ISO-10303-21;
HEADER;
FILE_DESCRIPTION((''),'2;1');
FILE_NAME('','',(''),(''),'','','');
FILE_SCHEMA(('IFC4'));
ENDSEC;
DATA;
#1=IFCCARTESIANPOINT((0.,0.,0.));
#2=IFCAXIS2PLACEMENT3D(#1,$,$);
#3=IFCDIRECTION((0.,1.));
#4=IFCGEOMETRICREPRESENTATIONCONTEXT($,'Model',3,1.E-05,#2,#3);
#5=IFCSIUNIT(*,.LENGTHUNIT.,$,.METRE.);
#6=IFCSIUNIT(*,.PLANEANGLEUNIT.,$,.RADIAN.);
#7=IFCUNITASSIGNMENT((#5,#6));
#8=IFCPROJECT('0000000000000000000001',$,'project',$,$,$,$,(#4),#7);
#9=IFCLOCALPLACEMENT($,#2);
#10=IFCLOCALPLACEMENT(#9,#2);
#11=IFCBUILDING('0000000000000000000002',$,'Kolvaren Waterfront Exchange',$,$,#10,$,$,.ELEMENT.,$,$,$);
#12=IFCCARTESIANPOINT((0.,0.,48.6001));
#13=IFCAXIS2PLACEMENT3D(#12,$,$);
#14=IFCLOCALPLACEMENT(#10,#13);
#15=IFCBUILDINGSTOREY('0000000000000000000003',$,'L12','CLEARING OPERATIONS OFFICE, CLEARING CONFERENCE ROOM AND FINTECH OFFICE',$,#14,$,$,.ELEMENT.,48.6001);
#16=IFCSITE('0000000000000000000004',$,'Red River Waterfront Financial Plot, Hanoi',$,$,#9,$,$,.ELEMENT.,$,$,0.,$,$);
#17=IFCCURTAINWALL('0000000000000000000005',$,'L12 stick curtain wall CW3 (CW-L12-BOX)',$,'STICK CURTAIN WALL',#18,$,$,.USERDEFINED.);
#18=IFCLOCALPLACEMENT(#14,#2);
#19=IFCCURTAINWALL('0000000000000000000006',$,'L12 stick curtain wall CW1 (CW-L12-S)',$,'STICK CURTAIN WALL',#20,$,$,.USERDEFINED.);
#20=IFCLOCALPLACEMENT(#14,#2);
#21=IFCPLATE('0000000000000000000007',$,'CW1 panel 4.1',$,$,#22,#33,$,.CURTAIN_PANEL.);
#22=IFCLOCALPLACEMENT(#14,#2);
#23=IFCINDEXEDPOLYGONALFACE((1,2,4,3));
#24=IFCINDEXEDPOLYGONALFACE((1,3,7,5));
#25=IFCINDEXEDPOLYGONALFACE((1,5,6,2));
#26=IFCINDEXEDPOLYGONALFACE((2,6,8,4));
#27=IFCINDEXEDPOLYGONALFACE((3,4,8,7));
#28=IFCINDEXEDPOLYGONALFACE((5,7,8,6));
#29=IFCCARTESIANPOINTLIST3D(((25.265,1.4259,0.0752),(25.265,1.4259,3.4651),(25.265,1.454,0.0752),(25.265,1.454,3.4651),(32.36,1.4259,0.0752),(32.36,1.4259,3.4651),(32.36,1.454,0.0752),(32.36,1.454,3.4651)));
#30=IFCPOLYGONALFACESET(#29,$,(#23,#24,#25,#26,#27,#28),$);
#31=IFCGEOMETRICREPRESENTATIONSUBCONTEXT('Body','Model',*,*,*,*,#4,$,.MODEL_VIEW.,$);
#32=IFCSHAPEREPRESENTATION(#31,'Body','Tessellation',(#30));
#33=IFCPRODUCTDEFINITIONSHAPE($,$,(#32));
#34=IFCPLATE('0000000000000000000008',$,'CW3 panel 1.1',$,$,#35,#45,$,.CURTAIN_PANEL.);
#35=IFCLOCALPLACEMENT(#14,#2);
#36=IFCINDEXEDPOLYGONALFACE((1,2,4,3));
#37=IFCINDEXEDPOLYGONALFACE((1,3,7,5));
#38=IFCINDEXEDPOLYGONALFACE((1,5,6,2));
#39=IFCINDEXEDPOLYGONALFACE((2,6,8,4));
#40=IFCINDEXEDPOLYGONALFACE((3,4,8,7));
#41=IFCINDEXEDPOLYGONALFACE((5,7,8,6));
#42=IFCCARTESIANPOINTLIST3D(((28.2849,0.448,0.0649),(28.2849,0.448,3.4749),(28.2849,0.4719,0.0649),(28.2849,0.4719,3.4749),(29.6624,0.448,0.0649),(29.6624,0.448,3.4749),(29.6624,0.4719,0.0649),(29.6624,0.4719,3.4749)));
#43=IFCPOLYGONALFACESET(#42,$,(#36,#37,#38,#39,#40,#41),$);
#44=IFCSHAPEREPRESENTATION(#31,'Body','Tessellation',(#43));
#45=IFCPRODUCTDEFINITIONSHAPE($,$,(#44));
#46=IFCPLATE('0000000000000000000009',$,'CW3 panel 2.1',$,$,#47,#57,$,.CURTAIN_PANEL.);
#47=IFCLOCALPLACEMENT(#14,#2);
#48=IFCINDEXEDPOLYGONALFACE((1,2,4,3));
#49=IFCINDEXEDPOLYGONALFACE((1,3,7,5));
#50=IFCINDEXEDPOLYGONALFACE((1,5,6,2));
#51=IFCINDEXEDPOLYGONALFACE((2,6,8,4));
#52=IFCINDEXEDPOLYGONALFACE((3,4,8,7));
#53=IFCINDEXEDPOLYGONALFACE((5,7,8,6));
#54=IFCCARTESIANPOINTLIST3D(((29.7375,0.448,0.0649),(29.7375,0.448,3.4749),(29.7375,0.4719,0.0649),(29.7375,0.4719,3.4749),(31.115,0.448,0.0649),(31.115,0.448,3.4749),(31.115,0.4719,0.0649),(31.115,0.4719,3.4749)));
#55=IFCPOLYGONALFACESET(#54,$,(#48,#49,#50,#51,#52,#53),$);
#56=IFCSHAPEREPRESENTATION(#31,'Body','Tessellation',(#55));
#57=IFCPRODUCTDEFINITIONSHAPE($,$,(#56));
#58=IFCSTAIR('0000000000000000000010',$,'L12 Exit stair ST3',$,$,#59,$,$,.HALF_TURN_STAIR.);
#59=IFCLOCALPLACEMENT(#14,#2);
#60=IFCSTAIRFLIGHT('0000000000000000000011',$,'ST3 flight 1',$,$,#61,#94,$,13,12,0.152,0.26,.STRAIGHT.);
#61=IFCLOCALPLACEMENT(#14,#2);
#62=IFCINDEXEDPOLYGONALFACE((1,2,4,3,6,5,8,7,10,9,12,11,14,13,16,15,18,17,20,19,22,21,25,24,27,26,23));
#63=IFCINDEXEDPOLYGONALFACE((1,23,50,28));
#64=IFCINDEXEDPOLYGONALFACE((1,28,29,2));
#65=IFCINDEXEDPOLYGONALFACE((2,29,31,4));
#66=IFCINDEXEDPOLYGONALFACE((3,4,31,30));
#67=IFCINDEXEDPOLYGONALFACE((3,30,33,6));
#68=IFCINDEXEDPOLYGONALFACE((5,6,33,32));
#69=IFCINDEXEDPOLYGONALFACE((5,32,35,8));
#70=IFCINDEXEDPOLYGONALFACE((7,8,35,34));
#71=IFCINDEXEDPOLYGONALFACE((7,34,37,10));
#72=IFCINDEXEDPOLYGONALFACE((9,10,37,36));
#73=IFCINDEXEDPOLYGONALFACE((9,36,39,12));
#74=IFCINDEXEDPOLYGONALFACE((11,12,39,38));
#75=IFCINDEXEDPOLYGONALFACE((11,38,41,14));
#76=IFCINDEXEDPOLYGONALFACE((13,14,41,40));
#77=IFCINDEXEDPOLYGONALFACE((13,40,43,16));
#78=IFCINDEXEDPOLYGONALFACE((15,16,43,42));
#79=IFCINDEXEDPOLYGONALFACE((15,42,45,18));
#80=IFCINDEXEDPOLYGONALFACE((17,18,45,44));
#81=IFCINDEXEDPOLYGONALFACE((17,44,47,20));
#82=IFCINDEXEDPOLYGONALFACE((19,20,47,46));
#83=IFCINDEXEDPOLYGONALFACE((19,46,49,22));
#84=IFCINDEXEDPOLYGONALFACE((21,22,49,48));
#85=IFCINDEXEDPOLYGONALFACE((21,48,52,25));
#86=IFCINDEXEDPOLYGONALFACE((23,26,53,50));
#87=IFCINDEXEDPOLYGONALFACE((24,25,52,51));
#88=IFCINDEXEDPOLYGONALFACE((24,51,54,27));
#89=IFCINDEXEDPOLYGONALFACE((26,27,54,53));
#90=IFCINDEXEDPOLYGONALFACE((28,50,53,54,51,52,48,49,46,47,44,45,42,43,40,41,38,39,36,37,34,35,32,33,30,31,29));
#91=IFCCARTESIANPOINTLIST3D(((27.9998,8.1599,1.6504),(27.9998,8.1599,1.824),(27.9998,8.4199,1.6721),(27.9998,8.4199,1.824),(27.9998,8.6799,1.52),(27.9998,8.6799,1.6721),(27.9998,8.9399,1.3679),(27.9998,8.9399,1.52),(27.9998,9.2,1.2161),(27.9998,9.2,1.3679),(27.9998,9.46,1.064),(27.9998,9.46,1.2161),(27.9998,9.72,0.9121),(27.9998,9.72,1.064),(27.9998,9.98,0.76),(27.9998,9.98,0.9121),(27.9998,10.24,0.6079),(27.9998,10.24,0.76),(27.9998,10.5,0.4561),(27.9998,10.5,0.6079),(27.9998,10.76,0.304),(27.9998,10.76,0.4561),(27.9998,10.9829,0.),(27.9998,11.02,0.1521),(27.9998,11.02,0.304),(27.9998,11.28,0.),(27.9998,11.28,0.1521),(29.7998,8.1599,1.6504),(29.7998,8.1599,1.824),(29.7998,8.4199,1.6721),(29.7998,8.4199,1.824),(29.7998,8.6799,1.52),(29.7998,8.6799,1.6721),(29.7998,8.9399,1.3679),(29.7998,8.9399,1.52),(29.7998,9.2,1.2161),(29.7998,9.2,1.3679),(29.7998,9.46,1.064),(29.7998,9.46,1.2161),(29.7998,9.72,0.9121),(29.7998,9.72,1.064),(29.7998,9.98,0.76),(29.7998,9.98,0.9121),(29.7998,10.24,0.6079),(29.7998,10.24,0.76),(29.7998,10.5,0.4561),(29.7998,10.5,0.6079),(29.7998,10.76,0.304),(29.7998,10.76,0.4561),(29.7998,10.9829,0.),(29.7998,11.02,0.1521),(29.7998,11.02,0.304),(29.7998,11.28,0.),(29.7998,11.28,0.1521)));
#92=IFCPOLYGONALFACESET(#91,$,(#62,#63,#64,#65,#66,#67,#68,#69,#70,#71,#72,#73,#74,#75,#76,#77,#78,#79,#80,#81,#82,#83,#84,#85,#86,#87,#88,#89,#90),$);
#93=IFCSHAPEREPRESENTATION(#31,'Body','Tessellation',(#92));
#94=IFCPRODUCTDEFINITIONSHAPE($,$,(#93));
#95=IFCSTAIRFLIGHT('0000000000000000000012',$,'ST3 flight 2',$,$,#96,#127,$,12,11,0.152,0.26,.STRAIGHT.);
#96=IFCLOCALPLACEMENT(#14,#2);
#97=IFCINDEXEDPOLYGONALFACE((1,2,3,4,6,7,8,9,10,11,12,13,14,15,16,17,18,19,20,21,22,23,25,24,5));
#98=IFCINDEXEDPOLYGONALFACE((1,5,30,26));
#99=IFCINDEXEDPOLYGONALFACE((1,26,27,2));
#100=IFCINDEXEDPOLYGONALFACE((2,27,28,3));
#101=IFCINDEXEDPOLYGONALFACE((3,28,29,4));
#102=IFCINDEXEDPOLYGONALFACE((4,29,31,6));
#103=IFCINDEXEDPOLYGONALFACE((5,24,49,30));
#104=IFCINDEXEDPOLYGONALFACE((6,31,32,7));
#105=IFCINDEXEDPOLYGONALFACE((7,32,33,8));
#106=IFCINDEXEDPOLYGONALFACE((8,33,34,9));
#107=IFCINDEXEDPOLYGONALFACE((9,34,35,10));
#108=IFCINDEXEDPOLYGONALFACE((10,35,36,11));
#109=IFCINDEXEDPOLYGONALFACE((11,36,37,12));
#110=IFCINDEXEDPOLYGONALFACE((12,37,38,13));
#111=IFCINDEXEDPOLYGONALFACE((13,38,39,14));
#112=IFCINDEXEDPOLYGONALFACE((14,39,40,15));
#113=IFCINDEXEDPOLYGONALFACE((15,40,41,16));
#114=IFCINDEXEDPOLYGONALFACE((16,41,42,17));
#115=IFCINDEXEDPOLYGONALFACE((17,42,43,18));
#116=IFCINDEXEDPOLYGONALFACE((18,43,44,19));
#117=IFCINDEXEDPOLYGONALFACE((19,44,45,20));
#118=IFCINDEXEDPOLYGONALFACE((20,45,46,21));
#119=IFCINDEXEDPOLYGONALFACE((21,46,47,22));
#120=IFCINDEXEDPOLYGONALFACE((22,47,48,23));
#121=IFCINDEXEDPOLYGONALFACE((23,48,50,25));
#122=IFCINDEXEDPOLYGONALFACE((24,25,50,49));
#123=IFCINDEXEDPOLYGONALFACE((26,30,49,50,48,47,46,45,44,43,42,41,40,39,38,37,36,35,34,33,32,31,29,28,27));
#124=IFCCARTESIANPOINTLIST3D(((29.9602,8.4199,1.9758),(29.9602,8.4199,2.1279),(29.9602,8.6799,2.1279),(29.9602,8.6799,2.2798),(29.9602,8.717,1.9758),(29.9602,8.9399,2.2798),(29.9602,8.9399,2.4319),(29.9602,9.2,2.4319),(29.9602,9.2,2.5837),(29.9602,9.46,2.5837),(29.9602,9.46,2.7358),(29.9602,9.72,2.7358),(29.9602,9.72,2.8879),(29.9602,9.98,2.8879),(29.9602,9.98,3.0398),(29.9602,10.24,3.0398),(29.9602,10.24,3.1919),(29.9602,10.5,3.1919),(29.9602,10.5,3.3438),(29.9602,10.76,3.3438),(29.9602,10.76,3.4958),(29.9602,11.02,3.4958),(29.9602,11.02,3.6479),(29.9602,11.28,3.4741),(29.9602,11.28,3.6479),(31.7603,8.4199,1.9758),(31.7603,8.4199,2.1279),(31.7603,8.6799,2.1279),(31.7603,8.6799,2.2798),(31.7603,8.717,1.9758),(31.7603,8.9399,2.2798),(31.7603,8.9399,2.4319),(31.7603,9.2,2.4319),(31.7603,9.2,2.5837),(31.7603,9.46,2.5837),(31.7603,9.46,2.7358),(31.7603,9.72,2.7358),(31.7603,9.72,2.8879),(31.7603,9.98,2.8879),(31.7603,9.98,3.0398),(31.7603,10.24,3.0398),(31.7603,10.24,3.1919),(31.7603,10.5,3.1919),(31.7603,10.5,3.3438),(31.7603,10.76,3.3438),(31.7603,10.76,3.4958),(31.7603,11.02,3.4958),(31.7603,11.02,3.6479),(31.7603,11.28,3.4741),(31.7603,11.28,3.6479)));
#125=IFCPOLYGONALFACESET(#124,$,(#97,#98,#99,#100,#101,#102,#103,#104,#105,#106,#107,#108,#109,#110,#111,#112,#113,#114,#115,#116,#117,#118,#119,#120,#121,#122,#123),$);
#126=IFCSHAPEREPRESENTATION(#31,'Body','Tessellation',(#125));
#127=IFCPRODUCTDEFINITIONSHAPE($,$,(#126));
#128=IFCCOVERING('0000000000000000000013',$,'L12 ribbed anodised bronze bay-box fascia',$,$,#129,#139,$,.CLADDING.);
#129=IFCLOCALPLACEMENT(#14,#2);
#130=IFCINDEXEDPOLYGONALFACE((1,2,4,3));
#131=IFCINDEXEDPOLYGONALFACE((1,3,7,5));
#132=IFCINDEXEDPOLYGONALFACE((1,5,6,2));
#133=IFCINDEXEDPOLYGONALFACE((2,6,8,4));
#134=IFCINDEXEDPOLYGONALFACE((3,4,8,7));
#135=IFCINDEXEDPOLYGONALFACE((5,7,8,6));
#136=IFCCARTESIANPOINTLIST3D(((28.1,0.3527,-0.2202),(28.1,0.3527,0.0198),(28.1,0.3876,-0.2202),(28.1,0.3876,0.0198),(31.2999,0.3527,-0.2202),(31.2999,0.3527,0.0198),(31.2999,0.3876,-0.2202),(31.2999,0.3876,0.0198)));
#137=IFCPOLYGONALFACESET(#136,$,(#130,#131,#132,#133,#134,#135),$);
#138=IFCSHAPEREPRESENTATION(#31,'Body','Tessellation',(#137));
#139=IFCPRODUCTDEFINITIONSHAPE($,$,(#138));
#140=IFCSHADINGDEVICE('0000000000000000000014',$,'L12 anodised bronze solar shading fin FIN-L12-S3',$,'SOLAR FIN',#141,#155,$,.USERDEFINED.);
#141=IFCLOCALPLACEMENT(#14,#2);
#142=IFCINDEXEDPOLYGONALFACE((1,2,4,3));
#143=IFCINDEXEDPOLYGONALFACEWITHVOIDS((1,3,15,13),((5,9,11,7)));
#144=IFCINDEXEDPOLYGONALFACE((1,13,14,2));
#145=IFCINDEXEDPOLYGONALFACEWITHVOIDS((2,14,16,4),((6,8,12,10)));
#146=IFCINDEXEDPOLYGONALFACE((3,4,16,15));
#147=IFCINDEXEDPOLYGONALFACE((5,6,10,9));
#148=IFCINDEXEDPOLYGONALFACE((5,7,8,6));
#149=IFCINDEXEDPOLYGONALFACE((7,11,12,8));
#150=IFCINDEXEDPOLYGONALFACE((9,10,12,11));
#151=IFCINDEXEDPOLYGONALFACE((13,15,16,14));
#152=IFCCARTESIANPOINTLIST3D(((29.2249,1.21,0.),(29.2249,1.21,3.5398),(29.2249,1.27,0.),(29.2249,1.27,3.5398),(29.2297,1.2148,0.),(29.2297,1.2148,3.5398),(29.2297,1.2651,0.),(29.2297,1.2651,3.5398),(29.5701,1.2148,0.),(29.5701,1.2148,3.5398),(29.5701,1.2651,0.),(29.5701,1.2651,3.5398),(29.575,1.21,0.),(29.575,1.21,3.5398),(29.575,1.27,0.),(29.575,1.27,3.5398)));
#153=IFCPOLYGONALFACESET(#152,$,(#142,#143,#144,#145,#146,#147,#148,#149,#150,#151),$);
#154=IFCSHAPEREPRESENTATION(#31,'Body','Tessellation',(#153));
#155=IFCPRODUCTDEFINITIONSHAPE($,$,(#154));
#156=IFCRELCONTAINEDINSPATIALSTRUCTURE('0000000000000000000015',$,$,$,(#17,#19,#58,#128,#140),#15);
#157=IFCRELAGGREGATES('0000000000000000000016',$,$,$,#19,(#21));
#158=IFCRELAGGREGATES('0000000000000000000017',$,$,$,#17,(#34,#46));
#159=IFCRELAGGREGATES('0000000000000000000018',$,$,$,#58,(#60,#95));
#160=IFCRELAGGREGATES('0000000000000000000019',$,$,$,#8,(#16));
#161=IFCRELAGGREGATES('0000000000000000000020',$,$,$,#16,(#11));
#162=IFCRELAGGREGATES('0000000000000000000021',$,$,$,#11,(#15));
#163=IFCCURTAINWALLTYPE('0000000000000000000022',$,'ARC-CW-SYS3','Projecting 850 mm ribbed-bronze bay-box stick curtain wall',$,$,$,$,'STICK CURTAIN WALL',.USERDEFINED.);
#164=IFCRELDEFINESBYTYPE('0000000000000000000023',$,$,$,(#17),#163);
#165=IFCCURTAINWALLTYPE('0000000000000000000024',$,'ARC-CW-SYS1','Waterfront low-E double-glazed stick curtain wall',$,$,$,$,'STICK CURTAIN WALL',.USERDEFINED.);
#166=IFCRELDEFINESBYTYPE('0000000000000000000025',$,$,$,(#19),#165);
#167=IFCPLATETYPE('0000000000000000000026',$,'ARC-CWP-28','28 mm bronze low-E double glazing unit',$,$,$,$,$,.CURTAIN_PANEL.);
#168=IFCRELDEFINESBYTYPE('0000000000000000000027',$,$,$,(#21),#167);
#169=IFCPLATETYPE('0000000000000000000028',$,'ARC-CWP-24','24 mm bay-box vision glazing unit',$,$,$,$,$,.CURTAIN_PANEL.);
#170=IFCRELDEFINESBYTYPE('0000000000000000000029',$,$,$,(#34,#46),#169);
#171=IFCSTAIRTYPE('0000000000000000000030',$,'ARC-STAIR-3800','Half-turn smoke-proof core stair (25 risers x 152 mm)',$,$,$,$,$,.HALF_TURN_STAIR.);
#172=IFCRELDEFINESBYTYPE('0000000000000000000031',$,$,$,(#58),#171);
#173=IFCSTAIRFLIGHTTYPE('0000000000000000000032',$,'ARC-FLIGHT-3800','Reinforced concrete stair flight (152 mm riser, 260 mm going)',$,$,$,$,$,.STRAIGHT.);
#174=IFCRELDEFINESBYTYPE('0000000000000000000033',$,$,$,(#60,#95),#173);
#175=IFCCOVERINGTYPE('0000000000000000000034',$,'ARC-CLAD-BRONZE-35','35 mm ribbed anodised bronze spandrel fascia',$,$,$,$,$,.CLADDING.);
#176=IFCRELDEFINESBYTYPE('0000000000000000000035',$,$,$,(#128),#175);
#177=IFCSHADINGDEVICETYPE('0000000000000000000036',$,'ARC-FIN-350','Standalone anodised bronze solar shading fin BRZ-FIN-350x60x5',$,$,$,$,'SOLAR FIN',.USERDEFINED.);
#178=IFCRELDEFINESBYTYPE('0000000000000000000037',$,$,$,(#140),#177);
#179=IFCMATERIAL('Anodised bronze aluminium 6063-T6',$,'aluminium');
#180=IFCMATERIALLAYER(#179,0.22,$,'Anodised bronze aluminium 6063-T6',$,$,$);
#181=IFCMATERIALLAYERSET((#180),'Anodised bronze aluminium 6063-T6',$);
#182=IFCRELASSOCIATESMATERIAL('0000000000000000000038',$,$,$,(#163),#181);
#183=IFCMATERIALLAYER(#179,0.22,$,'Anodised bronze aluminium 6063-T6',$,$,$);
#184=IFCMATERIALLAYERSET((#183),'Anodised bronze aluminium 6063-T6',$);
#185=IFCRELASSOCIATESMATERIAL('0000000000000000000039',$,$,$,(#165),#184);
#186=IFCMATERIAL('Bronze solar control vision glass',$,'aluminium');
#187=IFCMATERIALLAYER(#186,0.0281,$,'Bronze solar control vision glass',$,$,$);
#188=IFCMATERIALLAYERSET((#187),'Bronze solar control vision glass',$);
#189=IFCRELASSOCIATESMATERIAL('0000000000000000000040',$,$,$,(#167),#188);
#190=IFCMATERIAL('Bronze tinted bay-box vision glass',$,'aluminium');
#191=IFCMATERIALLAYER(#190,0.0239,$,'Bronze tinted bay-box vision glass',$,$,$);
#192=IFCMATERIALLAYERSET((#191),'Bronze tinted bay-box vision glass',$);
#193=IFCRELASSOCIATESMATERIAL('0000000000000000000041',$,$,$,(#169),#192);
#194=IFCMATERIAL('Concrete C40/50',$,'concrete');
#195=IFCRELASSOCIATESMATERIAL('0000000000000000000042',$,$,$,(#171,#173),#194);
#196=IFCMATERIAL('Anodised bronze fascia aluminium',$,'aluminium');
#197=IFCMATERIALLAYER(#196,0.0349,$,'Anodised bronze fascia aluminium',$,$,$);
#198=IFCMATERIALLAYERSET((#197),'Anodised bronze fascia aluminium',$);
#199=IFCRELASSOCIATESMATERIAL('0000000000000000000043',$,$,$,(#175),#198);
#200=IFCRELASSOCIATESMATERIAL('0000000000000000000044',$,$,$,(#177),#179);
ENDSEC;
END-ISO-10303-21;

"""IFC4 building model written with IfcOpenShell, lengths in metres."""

from ifc_helpers import new_model, si_unit, direction, frame, origin, origin_with_axes, origin_2d, place, context, subcontext, project, spatial, polyline, rectangle, hollow_rectangle, outline, extrude, source, transform, mapped, material, layer, layer_set, material_profile, profile_set, type_object, element, aggregate, save


model = new_model("IFC4")

# Units and contexts
model_context = context("Model", 3, precision=1e-05, world=origin(), true_north=direction((0.0, 1.0)))
body_context = subcontext(model_context, "Body", "Model", "MODEL_VIEW")
ifc_project = project(units=[si_unit("LENGTHUNIT", "METRE"), si_unit("PLANEANGLEUNIT", "RADIAN")], contexts=[model_context])

# Site, building, storey
site_placement = place(None, origin())
site = spatial("IfcSite", under=ifc_project, at=site_placement, Name="Red River Waterfront Financial Plot, Hanoi", CompositionType="ELEMENT", RefElevation=0.0)
building_placement = place(site_placement, origin())
building = spatial("IfcBuilding", under=site, at=building_placement, Name="Kolvaren Waterfront Exchange", CompositionType="ELEMENT")
storey_placement = place(building_placement, frame((0.0, 0.0, 48.6001)))
storey = spatial("IfcBuildingStorey", under=building, at=storey_placement, Name="L12", Description="CLEARING OPERATIONS OFFICE, CLEARING CONFERENCE ROOM AND FINTECH OFFICE", CompositionType="ELEMENT", Elevation=48.6001)

# Curtain wall
ifc_material_1 = material(Name="Anodised bronze aluminium 6063-T6", Category="aluminium")
ifc_layer_1 = layer(ifc_material_1, 0.22, Name="Anodised bronze aluminium 6063-T6")
ifc_layer_set_1 = layer_set([ifc_layer_1], Name="Anodised bronze aluminium 6063-T6")
curtain_wall_type_1 = type_object("IfcCurtainWallType", Name="ARC-CW-SYS3", Description="Projecting 850 mm ribbed-bronze bay-box stick curtain wall", ElementType="STICK CURTAIN WALL", PredefinedType="USERDEFINED", material=ifc_layer_set_1)
curtain_wall_1_placement = place(storey_placement, origin())
curtain_wall_1 = element("IfcCurtainWall", 1, at=curtain_wall_1_placement, inside=storey, type_object=curtain_wall_type_1, Name="L12 stick curtain wall CW3 (CW-L12-BOX)", ObjectType="STICK CURTAIN WALL", PredefinedType="USERDEFINED")

# Curtain wall, plate
ifc_layer_2 = layer(ifc_material_1, 0.22, Name="Anodised bronze aluminium 6063-T6")
ifc_layer_set_2 = layer_set([ifc_layer_2], Name="Anodised bronze aluminium 6063-T6")
curtain_wall_type_2 = type_object("IfcCurtainWallType", Name="ARC-CW-SYS1", Description="Waterfront low-E double-glazed stick curtain wall", ElementType="STICK CURTAIN WALL", PredefinedType="USERDEFINED", material=ifc_layer_set_2)
curtain_wall_2_placement = place(storey_placement, origin())
curtain_wall_2 = element("IfcCurtainWall", 2, at=curtain_wall_2_placement, inside=storey, type_object=curtain_wall_type_2, Name="L12 stick curtain wall CW1 (CW-L12-S)", ObjectType="STICK CURTAIN WALL", PredefinedType="USERDEFINED")
ifc_material_2 = material(Name="Bronze solar control vision glass", Category="aluminium")
ifc_layer_3 = layer(ifc_material_2, 0.0281, Name="Bronze solar control vision glass")
ifc_layer_set_3 = layer_set([ifc_layer_3], Name="Bronze solar control vision glass")
plate_type_1 = type_object("IfcPlateType", Name="ARC-CWP-28", Description="28 mm bronze low-E double glazing unit", PredefinedType="CURTAIN_PANEL", material=ifc_layer_set_3)
shared_shape_1 = source(origin_with_axes(), body_context, "Body", "SweptSolid", [
    extrude(rectangle(XDim=7.095, YDim=0.0281, at=origin_2d()), origin(), (0.0, 0.0, 1.0), 3.3899),
])
plate_1_placement = place(storey_placement, frame((28.8125, 1.4399, 0.0752), z_axis=(0.0, 0.0, 1.0), x_axis=(1.0, 0.0, 0.0)))
plate_1 = element("IfcPlate", 3, at=plate_1_placement, type_object=plate_type_1, Name="CW1 panel 4.1", PredefinedType="CURTAIN_PANEL", context=body_context, shape_type="MappedRepresentation", body=[
    mapped(shared_shape_1, transform((0.0, 0.0, 0.0), x_axis=(1.0, 0.0, 0.0), y_axis=(0.0, 1.0, 0.0), z_axis=(0.0, 0.0, 1.0), scale=1.0)),
])
aggregate(curtain_wall_2, [plate_1])

# Plates
ifc_material_3 = material(Name="Bronze tinted bay-box vision glass", Category="aluminium")
ifc_layer_4 = layer(ifc_material_3, 0.0239, Name="Bronze tinted bay-box vision glass")
ifc_layer_set_4 = layer_set([ifc_layer_4], Name="Bronze tinted bay-box vision glass")
plate_type_2 = type_object("IfcPlateType", Name="ARC-CWP-24", Description="24 mm bay-box vision glazing unit", PredefinedType="CURTAIN_PANEL", material=ifc_layer_set_4)
shared_shape_2 = source(origin_with_axes(), body_context, "Body", "SweptSolid", [
    extrude(rectangle(XDim=1.3774, YDim=0.0239, at=origin_2d()), origin(), (0.0, 0.0, 1.0), 3.4099),
])
plate_2_placement = place(storey_placement, frame((28.9736, 0.46, 0.0649), z_axis=(0.0, 0.0, 1.0), x_axis=(1.0, 0.0, 0.0)))
plate_2 = element("IfcPlate", 4, at=plate_2_placement, type_object=plate_type_2, Name="CW3 panel 1.1", PredefinedType="CURTAIN_PANEL", context=body_context, shape_type="MappedRepresentation", body=[
    mapped(shared_shape_2, transform((0.0, 0.0, 0.0), x_axis=(1.0, 0.0, 0.0), y_axis=(0.0, 1.0, 0.0), z_axis=(0.0, 0.0, 1.0), scale=1.0)),
])
plate_3_placement = place(storey_placement, frame((30.4263, 0.46, 0.0649), z_axis=(0.0, 0.0, 1.0), x_axis=(1.0, 0.0, 0.0)))
plate_3 = element("IfcPlate", 5, at=plate_3_placement, type_object=plate_type_2, Name="CW3 panel 2.1", PredefinedType="CURTAIN_PANEL", context=body_context, shape_type="MappedRepresentation", body=[
    mapped(shared_shape_2, transform((0.0, 0.0, 0.0), x_axis=(1.0, 0.0, 0.0), y_axis=(0.0, 1.0, 0.0), z_axis=(0.0, 0.0, 1.0), scale=1.0)),
])
aggregate(curtain_wall_1, [plate_2, plate_3])

# Stair, stair flights
ifc_material_4 = material(Name="Concrete C40/50", Category="concrete")
stair_type = type_object("IfcStairType", Name="ARC-STAIR-3800", Description="Half-turn smoke-proof core stair (25 risers x 152 mm)", PredefinedType="HALF_TURN_STAIR", material=ifc_material_4)
stair_placement = place(storey_placement, origin())
stair = element("IfcStair", 6, at=stair_placement, inside=storey, type_object=stair_type, Name="L12 Exit stair ST3", PredefinedType="HALF_TURN_STAIR")
stair_flight_type = type_object("IfcStairFlightType", Name="ARC-FLIGHT-3800", Description="Reinforced concrete stair flight (152 mm riser, 260 mm going)", PredefinedType="STRAIGHT", material=ifc_material_4)
stair_flight_1_placement = place(storey_placement, frame((28.8999, 11.28, 0.0), z_axis=(0.0, 0.0, 1.0), x_axis=(0.0, -1.0, 0.0)))
stair_flight_1 = element("IfcStairFlight", 7, at=stair_flight_1_placement, type_object=stair_flight_type, Name="ST3 flight 1", NumberOfRisers=13, NumberOfTreads=12, PredefinedType="STRAIGHT", RiserHeight=0.152, TreadLength=0.26, context=body_context, shape_type="SweptSolid", body=[
    extrude(outline(polyline([(0.0, 0.0), (0.0, 0.1521), (0.26, 0.1521), (0.26, 0.304), (0.52, 0.304), (0.52, 0.4561), (0.78, 0.4561), (0.78, 0.6079), (1.04, 0.6079), (1.04, 0.76), (1.3, 0.76), (1.3, 0.9121), (1.5601, 0.9121), (1.5601, 1.064), (1.8201, 1.064), (1.8201, 1.2161), (2.0801, 1.2161), (2.0801, 1.3679), (2.3401, 1.3679), (2.3401, 1.52), (2.6001, 1.52), (2.6001, 1.6721), (2.8601, 1.6721), (2.8601, 1.824), (3.1201, 1.824), (3.1201, 1.9761), (3.1201, 1.6504), (0.2971, 0.0), (0.0, 0.0)])), frame((0.0, 0.8999, 0.0), z_axis=(0.0, -1.0, 0.0), x_axis=(1.0, 0.0, 0.0)), (0.0, 0.0, 1.0), 1.8),
])
stair_flight_2_placement = place(storey_placement, frame((30.8601, 8.4199, 1.9758), z_axis=(0.0, 0.0, 1.0), x_axis=(0.0, 1.0, 0.0)))
stair_flight_2 = element("IfcStairFlight", 8, at=stair_flight_2_placement, type_object=stair_flight_type, Name="ST3 flight 2", NumberOfRisers=12, NumberOfTreads=11, PredefinedType="STRAIGHT", RiserHeight=0.152, TreadLength=0.26, context=body_context, shape_type="SweptSolid", body=[
    extrude(outline(polyline([(0.0, 0.0), (0.0, 0.1521), (0.26, 0.1521), (0.26, 0.304), (0.52, 0.304), (0.52, 0.4561), (0.78, 0.4561), (0.78, 0.6079), (1.04, 0.6079), (1.04, 0.76), (1.3, 0.76), (1.3, 0.9121), (1.5601, 0.9121), (1.5601, 1.064), (1.8201, 1.064), (1.8201, 1.2161), (2.0801, 1.2161), (2.0801, 1.3679), (2.3401, 1.3679), (2.3401, 1.52), (2.6001, 1.52), (2.6001, 1.6721), (2.8601, 1.6721), (2.8601, 1.824), (2.8601, 1.4983), (0.2971, 0.0), (0.0, 0.0)])), frame((0.0, 0.8999, 0.0), z_axis=(0.0, -1.0, 0.0), x_axis=(1.0, 0.0, 0.0)), (0.0, 0.0, 1.0), 1.8),
])
aggregate(stair, [stair_flight_1, stair_flight_2])

# Covering
ifc_material_5 = material(Name="Anodised bronze fascia aluminium", Category="aluminium")
ifc_layer_5 = layer(ifc_material_5, 0.0349, Name="Anodised bronze fascia aluminium")
ifc_layer_set_5 = layer_set([ifc_layer_5], Name="Anodised bronze fascia aluminium")
covering_type = type_object("IfcCoveringType", Name="ARC-CLAD-BRONZE-35", Description="35 mm ribbed anodised bronze spandrel fascia", PredefinedType="CLADDING", material=ifc_layer_set_5)
covering_placement = place(storey_placement, frame((29.7, 0.3701, -0.2202), z_axis=(0.0, 0.0, 1.0), x_axis=(1.0, 0.0, 0.0)))
element("IfcCovering", 9, at=covering_placement, inside=storey, type_object=covering_type, Name="L12 ribbed anodised bronze bay-box fascia", PredefinedType="CLADDING", context=body_context, shape_type="SweptSolid", body=[
    extrude(rectangle(XDim=3.2, YDim=0.0349, at=origin_2d()), origin(), (0.0, 0.0, 1.0), 0.24),
])

# Shading device
ifc_material_profile_1 = material_profile(ifc_material_1, hollow_rectangle(XDim=0.0601, YDim=0.3501, WallThickness=0.0049, at=origin_2d()), Name="BRZ-FIN-350x60x5")
ifc_profile_set_1 = profile_set([ifc_material_profile_1], Name="Anodised bronze aluminium 6063-T6")
shading_device_type = type_object("IfcShadingDeviceType", Name="ARC-FIN-350", Description="Standalone anodised bronze solar shading fin BRZ-FIN-350x60x5", ElementType="SOLAR FIN", PredefinedType="USERDEFINED", material=ifc_profile_set_1)
shading_device_placement = place(storey_placement, frame((29.3999, 1.24, 0.0), z_axis=(0.0, 0.0, 1.0), x_axis=(0.0, -1.0, 0.0)))
element("IfcShadingDevice", 10, at=shading_device_placement, inside=storey, type_object=shading_device_type, Name="L12 anodised bronze solar shading fin FIN-L12-S3", ObjectType="SOLAR FIN", PredefinedType="USERDEFINED", context=body_context, shape_type="SweptSolid", body=[
    extrude(hollow_rectangle(XDim=0.0601, YDim=0.3501, WallThickness=0.0049, at=origin_2d()), origin(), (0.0, 0.0, 1.0), 3.5398),
])

save(model, "model.ifc")
